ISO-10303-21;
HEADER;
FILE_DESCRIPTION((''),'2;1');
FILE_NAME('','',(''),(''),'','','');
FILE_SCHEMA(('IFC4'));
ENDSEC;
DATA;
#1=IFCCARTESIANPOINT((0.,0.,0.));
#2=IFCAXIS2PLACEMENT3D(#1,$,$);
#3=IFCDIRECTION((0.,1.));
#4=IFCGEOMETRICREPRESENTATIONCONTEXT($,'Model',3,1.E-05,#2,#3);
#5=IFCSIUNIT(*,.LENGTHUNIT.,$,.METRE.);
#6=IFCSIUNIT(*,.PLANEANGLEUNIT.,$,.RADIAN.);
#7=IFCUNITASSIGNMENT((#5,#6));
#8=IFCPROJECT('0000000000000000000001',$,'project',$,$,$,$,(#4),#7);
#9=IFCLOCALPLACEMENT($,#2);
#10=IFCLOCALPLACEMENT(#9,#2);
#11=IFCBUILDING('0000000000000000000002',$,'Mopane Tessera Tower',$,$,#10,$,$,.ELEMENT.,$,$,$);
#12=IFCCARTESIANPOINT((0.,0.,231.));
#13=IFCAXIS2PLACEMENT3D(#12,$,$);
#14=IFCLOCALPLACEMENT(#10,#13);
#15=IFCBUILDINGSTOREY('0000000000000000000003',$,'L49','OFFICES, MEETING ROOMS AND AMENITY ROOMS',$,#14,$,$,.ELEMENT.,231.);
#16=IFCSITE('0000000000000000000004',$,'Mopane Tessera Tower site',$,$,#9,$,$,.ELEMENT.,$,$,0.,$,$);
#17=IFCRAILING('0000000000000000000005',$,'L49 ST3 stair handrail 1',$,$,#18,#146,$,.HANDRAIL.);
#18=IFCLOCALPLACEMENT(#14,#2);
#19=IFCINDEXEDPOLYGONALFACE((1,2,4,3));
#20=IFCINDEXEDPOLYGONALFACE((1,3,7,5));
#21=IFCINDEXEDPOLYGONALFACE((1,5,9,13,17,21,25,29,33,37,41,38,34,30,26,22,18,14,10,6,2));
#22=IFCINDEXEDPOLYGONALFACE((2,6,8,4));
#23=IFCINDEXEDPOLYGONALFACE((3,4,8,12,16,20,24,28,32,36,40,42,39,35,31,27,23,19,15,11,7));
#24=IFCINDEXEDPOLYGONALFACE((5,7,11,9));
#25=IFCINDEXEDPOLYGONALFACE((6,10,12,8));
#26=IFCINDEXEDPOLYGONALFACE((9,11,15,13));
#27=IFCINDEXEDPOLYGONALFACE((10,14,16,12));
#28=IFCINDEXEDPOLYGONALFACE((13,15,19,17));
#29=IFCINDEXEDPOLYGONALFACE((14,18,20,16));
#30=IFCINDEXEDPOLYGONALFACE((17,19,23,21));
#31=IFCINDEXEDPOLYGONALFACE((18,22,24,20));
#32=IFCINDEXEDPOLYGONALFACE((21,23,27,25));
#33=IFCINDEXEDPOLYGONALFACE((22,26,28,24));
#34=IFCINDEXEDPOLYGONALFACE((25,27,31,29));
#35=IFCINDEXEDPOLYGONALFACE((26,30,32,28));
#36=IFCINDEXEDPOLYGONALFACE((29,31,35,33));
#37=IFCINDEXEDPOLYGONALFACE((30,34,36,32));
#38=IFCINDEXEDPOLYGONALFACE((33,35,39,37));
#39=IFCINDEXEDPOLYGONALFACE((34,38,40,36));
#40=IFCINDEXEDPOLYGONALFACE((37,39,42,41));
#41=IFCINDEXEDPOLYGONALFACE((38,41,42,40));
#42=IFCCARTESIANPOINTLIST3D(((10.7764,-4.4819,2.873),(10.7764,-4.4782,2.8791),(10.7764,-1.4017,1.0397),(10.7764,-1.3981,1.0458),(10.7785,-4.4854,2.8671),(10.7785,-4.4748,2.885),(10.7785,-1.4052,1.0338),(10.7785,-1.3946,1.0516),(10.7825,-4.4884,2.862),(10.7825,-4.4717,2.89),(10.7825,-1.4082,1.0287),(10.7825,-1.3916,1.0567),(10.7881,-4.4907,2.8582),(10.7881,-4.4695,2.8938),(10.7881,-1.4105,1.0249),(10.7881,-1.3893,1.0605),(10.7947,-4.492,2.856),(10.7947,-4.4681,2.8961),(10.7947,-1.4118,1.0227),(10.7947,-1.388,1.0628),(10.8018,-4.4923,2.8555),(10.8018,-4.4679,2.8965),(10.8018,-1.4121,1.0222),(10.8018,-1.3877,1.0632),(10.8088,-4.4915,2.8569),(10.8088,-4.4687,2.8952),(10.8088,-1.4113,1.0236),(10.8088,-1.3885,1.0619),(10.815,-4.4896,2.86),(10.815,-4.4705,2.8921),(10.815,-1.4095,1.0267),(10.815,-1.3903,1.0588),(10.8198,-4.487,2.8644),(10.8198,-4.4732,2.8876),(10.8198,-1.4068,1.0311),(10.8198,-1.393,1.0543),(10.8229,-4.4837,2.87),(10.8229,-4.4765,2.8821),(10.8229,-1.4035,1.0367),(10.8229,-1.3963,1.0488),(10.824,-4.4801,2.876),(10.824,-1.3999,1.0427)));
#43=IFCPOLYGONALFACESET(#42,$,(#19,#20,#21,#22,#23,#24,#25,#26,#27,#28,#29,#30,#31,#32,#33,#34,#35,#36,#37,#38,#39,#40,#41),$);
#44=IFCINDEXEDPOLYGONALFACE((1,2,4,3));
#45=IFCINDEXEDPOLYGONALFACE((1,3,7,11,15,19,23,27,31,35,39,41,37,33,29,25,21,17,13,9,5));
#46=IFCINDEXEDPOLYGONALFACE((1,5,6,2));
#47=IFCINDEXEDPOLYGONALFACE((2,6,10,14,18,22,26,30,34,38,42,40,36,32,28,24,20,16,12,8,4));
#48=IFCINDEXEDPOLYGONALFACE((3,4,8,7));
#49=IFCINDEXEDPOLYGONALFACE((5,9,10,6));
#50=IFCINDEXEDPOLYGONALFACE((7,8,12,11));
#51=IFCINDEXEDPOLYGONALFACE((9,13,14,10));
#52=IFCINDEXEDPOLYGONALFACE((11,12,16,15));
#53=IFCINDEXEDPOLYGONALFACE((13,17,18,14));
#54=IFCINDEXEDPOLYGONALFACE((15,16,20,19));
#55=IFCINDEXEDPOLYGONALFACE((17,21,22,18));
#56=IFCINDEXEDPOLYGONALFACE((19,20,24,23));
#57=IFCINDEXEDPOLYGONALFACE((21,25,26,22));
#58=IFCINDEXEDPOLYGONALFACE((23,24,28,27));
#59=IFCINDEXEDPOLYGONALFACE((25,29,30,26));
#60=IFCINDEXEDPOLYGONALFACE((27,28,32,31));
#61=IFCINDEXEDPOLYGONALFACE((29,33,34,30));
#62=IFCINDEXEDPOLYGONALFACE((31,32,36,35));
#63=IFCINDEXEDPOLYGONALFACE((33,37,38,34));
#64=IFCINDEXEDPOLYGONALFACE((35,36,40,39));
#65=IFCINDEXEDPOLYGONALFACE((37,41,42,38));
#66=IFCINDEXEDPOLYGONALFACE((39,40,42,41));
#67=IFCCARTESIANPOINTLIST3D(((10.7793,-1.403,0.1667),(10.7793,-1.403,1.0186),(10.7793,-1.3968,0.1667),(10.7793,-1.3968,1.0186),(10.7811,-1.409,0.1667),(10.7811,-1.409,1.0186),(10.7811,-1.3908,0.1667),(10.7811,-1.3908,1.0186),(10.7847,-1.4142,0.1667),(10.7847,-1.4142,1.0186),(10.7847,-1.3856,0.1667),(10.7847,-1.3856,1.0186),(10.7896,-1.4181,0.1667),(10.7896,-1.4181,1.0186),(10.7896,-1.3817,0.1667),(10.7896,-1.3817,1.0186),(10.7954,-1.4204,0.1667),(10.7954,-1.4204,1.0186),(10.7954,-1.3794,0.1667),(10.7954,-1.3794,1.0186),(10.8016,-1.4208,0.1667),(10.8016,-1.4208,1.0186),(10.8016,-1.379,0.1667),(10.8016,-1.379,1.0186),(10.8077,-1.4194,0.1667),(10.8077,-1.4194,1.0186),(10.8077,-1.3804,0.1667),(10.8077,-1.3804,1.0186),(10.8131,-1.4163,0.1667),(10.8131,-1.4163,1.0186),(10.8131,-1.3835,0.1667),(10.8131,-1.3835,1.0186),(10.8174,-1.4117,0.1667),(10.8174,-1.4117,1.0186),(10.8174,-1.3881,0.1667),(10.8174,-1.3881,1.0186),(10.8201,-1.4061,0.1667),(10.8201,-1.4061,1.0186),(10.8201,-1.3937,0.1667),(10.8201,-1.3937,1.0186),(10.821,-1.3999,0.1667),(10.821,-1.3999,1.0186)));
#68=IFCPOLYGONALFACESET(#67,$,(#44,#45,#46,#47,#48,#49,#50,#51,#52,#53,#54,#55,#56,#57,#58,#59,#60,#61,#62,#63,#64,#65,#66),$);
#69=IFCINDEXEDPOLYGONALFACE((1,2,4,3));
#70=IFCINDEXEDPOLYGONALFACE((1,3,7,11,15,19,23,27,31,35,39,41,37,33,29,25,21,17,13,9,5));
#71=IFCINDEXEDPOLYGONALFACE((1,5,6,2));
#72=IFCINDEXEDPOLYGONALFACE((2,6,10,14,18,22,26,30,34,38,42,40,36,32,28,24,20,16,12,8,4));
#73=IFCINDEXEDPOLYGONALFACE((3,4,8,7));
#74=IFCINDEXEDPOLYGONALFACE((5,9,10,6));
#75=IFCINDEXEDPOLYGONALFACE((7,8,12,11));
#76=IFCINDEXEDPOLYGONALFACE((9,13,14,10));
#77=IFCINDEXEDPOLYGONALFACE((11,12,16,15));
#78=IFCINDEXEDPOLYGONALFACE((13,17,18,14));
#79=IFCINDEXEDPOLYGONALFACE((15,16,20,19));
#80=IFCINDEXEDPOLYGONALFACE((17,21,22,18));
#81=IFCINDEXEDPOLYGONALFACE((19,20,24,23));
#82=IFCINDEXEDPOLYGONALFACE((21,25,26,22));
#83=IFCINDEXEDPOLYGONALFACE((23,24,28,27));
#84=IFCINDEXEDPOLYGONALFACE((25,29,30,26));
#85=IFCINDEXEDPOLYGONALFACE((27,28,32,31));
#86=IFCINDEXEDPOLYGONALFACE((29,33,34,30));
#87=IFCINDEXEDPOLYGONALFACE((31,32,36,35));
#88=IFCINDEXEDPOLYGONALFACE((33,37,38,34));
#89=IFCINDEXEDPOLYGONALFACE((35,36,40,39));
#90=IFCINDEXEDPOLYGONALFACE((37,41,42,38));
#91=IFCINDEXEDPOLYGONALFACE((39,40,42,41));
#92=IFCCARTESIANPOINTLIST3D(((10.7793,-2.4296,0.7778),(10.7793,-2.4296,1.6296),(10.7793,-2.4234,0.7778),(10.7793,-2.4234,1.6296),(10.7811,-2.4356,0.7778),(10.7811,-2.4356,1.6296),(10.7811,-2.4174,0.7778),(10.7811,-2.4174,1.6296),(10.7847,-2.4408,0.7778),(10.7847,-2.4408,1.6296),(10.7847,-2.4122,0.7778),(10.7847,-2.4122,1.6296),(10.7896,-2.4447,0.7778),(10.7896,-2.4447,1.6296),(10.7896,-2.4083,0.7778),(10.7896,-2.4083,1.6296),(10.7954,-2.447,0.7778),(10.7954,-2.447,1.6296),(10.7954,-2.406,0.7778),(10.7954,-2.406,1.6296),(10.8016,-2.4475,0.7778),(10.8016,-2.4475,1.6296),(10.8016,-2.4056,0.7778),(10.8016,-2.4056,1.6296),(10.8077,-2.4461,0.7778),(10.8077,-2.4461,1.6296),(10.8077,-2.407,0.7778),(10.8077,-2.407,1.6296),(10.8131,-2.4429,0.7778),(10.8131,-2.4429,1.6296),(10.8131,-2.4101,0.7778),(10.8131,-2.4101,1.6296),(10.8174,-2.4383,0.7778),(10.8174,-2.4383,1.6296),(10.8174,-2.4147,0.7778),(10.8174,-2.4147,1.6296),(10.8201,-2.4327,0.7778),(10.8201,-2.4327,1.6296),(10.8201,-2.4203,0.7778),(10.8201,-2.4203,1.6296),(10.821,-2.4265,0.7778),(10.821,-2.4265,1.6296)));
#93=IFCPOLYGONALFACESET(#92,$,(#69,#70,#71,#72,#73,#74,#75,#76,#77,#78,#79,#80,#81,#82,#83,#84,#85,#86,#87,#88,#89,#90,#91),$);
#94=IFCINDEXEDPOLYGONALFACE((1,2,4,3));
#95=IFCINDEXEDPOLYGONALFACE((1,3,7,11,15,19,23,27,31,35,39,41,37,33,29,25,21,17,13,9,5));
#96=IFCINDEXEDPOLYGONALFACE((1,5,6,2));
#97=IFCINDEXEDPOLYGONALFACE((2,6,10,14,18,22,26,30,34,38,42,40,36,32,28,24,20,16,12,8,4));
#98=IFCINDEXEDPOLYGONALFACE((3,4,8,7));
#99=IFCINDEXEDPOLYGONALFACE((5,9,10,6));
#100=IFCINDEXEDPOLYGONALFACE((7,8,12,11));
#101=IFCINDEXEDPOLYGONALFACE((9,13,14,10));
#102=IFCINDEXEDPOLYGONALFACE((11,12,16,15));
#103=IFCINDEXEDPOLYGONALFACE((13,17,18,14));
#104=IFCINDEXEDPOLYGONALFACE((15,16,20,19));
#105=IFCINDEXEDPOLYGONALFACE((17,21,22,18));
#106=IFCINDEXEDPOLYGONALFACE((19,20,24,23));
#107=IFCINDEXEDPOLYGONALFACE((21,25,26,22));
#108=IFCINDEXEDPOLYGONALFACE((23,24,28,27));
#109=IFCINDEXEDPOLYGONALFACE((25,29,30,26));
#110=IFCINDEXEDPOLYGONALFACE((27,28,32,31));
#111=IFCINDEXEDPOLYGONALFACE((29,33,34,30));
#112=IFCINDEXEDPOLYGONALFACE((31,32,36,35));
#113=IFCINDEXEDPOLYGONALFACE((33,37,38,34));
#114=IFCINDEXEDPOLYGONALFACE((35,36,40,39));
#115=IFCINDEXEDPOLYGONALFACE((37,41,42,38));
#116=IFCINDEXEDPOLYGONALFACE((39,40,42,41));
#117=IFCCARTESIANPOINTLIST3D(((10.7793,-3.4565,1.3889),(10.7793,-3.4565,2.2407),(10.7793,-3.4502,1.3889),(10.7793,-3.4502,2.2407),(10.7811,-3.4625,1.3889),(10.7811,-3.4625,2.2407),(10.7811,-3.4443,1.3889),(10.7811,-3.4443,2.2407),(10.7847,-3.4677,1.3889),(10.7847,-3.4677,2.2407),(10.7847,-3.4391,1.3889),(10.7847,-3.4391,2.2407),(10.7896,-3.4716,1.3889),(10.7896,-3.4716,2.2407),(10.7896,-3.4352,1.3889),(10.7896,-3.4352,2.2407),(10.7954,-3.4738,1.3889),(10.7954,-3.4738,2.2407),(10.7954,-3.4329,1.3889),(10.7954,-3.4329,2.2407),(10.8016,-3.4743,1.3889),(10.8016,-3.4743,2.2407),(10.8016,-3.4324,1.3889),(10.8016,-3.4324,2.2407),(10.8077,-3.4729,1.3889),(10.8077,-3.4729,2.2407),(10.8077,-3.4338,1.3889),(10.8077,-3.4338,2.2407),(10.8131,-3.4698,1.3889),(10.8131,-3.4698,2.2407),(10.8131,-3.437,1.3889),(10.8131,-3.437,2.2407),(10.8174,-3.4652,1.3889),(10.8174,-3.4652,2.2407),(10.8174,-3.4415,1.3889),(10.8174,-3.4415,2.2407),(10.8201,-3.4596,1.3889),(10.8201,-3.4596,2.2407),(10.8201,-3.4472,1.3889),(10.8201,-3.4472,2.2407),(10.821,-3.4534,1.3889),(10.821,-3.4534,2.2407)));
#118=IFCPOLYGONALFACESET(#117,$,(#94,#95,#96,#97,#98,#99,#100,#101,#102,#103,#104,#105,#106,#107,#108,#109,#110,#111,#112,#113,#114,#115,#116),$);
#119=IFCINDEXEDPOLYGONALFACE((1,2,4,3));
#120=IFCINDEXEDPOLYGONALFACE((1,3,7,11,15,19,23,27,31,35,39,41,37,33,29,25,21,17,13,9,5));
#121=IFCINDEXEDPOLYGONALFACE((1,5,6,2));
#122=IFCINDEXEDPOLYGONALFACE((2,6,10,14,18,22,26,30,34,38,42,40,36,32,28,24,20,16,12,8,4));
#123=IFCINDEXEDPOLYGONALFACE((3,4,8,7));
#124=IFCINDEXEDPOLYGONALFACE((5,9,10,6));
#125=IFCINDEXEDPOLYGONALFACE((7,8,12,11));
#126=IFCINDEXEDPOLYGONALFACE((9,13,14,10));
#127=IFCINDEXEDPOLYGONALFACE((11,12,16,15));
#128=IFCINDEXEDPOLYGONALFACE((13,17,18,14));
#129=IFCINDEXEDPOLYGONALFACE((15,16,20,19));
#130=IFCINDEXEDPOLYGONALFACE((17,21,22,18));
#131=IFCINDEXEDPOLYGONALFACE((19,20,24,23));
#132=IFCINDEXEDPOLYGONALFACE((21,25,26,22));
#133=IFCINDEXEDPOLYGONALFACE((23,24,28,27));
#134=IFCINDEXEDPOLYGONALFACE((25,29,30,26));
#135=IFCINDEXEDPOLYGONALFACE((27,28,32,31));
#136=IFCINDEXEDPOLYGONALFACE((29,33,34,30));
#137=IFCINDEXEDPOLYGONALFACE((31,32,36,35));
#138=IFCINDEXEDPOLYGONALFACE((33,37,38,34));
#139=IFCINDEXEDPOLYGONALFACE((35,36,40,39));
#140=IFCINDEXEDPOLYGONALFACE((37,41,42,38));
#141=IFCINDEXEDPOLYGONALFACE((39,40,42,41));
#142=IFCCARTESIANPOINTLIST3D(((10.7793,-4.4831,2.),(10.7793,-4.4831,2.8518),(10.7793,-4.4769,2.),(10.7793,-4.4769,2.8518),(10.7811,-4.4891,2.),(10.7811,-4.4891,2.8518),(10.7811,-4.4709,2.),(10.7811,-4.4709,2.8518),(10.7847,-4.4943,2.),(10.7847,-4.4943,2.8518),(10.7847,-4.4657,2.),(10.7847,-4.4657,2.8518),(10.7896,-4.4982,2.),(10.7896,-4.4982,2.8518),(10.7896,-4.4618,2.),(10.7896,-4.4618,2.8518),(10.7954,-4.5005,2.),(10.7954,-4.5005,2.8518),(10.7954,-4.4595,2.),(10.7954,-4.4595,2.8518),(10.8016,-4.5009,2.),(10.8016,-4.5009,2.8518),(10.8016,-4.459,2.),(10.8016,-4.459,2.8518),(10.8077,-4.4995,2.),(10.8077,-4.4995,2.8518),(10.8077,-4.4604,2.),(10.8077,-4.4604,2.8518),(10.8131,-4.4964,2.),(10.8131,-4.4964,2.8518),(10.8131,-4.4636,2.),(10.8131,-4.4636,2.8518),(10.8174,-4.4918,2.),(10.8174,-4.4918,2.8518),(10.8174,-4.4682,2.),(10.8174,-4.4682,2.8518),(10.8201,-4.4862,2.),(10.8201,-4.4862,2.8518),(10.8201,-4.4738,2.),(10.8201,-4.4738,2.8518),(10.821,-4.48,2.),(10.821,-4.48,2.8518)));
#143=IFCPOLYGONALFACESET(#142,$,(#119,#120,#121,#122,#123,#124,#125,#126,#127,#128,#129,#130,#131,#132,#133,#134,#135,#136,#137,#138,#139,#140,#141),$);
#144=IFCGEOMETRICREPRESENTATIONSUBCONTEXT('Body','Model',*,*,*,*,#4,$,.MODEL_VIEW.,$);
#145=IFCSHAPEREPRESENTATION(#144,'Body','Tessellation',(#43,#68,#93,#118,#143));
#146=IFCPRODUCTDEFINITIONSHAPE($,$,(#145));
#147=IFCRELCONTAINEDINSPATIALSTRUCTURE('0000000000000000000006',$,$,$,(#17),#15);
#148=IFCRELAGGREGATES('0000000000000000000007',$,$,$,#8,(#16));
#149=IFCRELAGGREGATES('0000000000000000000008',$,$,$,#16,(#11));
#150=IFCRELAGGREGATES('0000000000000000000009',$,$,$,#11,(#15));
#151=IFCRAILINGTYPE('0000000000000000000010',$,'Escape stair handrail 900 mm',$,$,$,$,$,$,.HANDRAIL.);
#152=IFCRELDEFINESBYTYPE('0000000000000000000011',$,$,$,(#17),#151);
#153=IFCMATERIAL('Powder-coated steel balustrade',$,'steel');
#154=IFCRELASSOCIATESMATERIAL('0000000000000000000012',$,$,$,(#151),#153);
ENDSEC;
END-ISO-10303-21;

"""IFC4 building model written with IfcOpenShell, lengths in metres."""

from ifc_helpers import new_model, si_unit, direction, frame, origin, origin_2d, place, context, subcontext, project, spatial, circle, extrude, material, type_object, element, save


model = new_model("IFC4")

# Units and contexts
model_context = context("Model", 3, precision=1e-05, world=origin(), true_north=direction((0.0, 1.0)))
body_context = subcontext(model_context, "Body", "Model", "MODEL_VIEW")
ifc_project = project(units=[si_unit("LENGTHUNIT", "METRE"), si_unit("PLANEANGLEUNIT", "RADIAN")], contexts=[model_context])

# Site, building, storey
site_placement = place(None, origin())
site = spatial("IfcSite", under=ifc_project, at=site_placement, Name="Mopane Tessera Tower site", CompositionType="ELEMENT", RefElevation=0.0)
building_placement = place(site_placement, origin())
building = spatial("IfcBuilding", under=site, at=building_placement, Name="Mopane Tessera Tower", CompositionType="ELEMENT")
storey_placement = place(building_placement, frame((0.0, 0.0, 231.0)))
storey = spatial("IfcBuildingStorey", under=building, at=storey_placement, Name="L49", Description="OFFICES, MEETING ROOMS AND AMENITY ROOMS", CompositionType="ELEMENT", Elevation=231.0)

# Railing
ifc_material_1 = material(Name="Powder-coated steel balustrade", Category="steel")
railing_type = type_object("IfcRailingType", Name="Escape stair handrail 900 mm", PredefinedType="HANDRAIL", material=ifc_material_1)
railing_placement = place(storey_placement, frame((10.8, -1.3999, 0.1667)))
element("IfcRailing", 1, at=railing_placement, inside=storey, type_object=railing_type, Name="L49 ST3 stair handrail 1", PredefinedType="HANDRAIL", context=body_context, shape_type="SweptSolid", body=[
    extrude(circle(Radius=0.0239, at=origin_2d()), frame((0.0, 0.0, 0.876), z_axis=(0.0, -0.859309, 0.511458), x_axis=(1.0, 0.0, 0.0)), (0.0, 0.0, 1.0), 3.5845),
    extrude(circle(Radius=0.021, at=origin_2d()), origin(), (0.0, 0.0, 1.0), 0.8518),
    extrude(circle(Radius=0.021, at=origin_2d()), frame((0.0, -1.0266, 0.6111)), (0.0, 0.0, 1.0), 0.8518),
    extrude(circle(Radius=0.021, at=origin_2d()), frame((0.0, -2.0535, 1.2222)), (0.0, 0.0, 1.0), 0.8518),
    extrude(circle(Radius=0.021, at=origin_2d()), frame((0.0, -3.0801, 1.8333)), (0.0, 0.0, 1.0), 0.8518),
])

save(model, "model.ifc")
